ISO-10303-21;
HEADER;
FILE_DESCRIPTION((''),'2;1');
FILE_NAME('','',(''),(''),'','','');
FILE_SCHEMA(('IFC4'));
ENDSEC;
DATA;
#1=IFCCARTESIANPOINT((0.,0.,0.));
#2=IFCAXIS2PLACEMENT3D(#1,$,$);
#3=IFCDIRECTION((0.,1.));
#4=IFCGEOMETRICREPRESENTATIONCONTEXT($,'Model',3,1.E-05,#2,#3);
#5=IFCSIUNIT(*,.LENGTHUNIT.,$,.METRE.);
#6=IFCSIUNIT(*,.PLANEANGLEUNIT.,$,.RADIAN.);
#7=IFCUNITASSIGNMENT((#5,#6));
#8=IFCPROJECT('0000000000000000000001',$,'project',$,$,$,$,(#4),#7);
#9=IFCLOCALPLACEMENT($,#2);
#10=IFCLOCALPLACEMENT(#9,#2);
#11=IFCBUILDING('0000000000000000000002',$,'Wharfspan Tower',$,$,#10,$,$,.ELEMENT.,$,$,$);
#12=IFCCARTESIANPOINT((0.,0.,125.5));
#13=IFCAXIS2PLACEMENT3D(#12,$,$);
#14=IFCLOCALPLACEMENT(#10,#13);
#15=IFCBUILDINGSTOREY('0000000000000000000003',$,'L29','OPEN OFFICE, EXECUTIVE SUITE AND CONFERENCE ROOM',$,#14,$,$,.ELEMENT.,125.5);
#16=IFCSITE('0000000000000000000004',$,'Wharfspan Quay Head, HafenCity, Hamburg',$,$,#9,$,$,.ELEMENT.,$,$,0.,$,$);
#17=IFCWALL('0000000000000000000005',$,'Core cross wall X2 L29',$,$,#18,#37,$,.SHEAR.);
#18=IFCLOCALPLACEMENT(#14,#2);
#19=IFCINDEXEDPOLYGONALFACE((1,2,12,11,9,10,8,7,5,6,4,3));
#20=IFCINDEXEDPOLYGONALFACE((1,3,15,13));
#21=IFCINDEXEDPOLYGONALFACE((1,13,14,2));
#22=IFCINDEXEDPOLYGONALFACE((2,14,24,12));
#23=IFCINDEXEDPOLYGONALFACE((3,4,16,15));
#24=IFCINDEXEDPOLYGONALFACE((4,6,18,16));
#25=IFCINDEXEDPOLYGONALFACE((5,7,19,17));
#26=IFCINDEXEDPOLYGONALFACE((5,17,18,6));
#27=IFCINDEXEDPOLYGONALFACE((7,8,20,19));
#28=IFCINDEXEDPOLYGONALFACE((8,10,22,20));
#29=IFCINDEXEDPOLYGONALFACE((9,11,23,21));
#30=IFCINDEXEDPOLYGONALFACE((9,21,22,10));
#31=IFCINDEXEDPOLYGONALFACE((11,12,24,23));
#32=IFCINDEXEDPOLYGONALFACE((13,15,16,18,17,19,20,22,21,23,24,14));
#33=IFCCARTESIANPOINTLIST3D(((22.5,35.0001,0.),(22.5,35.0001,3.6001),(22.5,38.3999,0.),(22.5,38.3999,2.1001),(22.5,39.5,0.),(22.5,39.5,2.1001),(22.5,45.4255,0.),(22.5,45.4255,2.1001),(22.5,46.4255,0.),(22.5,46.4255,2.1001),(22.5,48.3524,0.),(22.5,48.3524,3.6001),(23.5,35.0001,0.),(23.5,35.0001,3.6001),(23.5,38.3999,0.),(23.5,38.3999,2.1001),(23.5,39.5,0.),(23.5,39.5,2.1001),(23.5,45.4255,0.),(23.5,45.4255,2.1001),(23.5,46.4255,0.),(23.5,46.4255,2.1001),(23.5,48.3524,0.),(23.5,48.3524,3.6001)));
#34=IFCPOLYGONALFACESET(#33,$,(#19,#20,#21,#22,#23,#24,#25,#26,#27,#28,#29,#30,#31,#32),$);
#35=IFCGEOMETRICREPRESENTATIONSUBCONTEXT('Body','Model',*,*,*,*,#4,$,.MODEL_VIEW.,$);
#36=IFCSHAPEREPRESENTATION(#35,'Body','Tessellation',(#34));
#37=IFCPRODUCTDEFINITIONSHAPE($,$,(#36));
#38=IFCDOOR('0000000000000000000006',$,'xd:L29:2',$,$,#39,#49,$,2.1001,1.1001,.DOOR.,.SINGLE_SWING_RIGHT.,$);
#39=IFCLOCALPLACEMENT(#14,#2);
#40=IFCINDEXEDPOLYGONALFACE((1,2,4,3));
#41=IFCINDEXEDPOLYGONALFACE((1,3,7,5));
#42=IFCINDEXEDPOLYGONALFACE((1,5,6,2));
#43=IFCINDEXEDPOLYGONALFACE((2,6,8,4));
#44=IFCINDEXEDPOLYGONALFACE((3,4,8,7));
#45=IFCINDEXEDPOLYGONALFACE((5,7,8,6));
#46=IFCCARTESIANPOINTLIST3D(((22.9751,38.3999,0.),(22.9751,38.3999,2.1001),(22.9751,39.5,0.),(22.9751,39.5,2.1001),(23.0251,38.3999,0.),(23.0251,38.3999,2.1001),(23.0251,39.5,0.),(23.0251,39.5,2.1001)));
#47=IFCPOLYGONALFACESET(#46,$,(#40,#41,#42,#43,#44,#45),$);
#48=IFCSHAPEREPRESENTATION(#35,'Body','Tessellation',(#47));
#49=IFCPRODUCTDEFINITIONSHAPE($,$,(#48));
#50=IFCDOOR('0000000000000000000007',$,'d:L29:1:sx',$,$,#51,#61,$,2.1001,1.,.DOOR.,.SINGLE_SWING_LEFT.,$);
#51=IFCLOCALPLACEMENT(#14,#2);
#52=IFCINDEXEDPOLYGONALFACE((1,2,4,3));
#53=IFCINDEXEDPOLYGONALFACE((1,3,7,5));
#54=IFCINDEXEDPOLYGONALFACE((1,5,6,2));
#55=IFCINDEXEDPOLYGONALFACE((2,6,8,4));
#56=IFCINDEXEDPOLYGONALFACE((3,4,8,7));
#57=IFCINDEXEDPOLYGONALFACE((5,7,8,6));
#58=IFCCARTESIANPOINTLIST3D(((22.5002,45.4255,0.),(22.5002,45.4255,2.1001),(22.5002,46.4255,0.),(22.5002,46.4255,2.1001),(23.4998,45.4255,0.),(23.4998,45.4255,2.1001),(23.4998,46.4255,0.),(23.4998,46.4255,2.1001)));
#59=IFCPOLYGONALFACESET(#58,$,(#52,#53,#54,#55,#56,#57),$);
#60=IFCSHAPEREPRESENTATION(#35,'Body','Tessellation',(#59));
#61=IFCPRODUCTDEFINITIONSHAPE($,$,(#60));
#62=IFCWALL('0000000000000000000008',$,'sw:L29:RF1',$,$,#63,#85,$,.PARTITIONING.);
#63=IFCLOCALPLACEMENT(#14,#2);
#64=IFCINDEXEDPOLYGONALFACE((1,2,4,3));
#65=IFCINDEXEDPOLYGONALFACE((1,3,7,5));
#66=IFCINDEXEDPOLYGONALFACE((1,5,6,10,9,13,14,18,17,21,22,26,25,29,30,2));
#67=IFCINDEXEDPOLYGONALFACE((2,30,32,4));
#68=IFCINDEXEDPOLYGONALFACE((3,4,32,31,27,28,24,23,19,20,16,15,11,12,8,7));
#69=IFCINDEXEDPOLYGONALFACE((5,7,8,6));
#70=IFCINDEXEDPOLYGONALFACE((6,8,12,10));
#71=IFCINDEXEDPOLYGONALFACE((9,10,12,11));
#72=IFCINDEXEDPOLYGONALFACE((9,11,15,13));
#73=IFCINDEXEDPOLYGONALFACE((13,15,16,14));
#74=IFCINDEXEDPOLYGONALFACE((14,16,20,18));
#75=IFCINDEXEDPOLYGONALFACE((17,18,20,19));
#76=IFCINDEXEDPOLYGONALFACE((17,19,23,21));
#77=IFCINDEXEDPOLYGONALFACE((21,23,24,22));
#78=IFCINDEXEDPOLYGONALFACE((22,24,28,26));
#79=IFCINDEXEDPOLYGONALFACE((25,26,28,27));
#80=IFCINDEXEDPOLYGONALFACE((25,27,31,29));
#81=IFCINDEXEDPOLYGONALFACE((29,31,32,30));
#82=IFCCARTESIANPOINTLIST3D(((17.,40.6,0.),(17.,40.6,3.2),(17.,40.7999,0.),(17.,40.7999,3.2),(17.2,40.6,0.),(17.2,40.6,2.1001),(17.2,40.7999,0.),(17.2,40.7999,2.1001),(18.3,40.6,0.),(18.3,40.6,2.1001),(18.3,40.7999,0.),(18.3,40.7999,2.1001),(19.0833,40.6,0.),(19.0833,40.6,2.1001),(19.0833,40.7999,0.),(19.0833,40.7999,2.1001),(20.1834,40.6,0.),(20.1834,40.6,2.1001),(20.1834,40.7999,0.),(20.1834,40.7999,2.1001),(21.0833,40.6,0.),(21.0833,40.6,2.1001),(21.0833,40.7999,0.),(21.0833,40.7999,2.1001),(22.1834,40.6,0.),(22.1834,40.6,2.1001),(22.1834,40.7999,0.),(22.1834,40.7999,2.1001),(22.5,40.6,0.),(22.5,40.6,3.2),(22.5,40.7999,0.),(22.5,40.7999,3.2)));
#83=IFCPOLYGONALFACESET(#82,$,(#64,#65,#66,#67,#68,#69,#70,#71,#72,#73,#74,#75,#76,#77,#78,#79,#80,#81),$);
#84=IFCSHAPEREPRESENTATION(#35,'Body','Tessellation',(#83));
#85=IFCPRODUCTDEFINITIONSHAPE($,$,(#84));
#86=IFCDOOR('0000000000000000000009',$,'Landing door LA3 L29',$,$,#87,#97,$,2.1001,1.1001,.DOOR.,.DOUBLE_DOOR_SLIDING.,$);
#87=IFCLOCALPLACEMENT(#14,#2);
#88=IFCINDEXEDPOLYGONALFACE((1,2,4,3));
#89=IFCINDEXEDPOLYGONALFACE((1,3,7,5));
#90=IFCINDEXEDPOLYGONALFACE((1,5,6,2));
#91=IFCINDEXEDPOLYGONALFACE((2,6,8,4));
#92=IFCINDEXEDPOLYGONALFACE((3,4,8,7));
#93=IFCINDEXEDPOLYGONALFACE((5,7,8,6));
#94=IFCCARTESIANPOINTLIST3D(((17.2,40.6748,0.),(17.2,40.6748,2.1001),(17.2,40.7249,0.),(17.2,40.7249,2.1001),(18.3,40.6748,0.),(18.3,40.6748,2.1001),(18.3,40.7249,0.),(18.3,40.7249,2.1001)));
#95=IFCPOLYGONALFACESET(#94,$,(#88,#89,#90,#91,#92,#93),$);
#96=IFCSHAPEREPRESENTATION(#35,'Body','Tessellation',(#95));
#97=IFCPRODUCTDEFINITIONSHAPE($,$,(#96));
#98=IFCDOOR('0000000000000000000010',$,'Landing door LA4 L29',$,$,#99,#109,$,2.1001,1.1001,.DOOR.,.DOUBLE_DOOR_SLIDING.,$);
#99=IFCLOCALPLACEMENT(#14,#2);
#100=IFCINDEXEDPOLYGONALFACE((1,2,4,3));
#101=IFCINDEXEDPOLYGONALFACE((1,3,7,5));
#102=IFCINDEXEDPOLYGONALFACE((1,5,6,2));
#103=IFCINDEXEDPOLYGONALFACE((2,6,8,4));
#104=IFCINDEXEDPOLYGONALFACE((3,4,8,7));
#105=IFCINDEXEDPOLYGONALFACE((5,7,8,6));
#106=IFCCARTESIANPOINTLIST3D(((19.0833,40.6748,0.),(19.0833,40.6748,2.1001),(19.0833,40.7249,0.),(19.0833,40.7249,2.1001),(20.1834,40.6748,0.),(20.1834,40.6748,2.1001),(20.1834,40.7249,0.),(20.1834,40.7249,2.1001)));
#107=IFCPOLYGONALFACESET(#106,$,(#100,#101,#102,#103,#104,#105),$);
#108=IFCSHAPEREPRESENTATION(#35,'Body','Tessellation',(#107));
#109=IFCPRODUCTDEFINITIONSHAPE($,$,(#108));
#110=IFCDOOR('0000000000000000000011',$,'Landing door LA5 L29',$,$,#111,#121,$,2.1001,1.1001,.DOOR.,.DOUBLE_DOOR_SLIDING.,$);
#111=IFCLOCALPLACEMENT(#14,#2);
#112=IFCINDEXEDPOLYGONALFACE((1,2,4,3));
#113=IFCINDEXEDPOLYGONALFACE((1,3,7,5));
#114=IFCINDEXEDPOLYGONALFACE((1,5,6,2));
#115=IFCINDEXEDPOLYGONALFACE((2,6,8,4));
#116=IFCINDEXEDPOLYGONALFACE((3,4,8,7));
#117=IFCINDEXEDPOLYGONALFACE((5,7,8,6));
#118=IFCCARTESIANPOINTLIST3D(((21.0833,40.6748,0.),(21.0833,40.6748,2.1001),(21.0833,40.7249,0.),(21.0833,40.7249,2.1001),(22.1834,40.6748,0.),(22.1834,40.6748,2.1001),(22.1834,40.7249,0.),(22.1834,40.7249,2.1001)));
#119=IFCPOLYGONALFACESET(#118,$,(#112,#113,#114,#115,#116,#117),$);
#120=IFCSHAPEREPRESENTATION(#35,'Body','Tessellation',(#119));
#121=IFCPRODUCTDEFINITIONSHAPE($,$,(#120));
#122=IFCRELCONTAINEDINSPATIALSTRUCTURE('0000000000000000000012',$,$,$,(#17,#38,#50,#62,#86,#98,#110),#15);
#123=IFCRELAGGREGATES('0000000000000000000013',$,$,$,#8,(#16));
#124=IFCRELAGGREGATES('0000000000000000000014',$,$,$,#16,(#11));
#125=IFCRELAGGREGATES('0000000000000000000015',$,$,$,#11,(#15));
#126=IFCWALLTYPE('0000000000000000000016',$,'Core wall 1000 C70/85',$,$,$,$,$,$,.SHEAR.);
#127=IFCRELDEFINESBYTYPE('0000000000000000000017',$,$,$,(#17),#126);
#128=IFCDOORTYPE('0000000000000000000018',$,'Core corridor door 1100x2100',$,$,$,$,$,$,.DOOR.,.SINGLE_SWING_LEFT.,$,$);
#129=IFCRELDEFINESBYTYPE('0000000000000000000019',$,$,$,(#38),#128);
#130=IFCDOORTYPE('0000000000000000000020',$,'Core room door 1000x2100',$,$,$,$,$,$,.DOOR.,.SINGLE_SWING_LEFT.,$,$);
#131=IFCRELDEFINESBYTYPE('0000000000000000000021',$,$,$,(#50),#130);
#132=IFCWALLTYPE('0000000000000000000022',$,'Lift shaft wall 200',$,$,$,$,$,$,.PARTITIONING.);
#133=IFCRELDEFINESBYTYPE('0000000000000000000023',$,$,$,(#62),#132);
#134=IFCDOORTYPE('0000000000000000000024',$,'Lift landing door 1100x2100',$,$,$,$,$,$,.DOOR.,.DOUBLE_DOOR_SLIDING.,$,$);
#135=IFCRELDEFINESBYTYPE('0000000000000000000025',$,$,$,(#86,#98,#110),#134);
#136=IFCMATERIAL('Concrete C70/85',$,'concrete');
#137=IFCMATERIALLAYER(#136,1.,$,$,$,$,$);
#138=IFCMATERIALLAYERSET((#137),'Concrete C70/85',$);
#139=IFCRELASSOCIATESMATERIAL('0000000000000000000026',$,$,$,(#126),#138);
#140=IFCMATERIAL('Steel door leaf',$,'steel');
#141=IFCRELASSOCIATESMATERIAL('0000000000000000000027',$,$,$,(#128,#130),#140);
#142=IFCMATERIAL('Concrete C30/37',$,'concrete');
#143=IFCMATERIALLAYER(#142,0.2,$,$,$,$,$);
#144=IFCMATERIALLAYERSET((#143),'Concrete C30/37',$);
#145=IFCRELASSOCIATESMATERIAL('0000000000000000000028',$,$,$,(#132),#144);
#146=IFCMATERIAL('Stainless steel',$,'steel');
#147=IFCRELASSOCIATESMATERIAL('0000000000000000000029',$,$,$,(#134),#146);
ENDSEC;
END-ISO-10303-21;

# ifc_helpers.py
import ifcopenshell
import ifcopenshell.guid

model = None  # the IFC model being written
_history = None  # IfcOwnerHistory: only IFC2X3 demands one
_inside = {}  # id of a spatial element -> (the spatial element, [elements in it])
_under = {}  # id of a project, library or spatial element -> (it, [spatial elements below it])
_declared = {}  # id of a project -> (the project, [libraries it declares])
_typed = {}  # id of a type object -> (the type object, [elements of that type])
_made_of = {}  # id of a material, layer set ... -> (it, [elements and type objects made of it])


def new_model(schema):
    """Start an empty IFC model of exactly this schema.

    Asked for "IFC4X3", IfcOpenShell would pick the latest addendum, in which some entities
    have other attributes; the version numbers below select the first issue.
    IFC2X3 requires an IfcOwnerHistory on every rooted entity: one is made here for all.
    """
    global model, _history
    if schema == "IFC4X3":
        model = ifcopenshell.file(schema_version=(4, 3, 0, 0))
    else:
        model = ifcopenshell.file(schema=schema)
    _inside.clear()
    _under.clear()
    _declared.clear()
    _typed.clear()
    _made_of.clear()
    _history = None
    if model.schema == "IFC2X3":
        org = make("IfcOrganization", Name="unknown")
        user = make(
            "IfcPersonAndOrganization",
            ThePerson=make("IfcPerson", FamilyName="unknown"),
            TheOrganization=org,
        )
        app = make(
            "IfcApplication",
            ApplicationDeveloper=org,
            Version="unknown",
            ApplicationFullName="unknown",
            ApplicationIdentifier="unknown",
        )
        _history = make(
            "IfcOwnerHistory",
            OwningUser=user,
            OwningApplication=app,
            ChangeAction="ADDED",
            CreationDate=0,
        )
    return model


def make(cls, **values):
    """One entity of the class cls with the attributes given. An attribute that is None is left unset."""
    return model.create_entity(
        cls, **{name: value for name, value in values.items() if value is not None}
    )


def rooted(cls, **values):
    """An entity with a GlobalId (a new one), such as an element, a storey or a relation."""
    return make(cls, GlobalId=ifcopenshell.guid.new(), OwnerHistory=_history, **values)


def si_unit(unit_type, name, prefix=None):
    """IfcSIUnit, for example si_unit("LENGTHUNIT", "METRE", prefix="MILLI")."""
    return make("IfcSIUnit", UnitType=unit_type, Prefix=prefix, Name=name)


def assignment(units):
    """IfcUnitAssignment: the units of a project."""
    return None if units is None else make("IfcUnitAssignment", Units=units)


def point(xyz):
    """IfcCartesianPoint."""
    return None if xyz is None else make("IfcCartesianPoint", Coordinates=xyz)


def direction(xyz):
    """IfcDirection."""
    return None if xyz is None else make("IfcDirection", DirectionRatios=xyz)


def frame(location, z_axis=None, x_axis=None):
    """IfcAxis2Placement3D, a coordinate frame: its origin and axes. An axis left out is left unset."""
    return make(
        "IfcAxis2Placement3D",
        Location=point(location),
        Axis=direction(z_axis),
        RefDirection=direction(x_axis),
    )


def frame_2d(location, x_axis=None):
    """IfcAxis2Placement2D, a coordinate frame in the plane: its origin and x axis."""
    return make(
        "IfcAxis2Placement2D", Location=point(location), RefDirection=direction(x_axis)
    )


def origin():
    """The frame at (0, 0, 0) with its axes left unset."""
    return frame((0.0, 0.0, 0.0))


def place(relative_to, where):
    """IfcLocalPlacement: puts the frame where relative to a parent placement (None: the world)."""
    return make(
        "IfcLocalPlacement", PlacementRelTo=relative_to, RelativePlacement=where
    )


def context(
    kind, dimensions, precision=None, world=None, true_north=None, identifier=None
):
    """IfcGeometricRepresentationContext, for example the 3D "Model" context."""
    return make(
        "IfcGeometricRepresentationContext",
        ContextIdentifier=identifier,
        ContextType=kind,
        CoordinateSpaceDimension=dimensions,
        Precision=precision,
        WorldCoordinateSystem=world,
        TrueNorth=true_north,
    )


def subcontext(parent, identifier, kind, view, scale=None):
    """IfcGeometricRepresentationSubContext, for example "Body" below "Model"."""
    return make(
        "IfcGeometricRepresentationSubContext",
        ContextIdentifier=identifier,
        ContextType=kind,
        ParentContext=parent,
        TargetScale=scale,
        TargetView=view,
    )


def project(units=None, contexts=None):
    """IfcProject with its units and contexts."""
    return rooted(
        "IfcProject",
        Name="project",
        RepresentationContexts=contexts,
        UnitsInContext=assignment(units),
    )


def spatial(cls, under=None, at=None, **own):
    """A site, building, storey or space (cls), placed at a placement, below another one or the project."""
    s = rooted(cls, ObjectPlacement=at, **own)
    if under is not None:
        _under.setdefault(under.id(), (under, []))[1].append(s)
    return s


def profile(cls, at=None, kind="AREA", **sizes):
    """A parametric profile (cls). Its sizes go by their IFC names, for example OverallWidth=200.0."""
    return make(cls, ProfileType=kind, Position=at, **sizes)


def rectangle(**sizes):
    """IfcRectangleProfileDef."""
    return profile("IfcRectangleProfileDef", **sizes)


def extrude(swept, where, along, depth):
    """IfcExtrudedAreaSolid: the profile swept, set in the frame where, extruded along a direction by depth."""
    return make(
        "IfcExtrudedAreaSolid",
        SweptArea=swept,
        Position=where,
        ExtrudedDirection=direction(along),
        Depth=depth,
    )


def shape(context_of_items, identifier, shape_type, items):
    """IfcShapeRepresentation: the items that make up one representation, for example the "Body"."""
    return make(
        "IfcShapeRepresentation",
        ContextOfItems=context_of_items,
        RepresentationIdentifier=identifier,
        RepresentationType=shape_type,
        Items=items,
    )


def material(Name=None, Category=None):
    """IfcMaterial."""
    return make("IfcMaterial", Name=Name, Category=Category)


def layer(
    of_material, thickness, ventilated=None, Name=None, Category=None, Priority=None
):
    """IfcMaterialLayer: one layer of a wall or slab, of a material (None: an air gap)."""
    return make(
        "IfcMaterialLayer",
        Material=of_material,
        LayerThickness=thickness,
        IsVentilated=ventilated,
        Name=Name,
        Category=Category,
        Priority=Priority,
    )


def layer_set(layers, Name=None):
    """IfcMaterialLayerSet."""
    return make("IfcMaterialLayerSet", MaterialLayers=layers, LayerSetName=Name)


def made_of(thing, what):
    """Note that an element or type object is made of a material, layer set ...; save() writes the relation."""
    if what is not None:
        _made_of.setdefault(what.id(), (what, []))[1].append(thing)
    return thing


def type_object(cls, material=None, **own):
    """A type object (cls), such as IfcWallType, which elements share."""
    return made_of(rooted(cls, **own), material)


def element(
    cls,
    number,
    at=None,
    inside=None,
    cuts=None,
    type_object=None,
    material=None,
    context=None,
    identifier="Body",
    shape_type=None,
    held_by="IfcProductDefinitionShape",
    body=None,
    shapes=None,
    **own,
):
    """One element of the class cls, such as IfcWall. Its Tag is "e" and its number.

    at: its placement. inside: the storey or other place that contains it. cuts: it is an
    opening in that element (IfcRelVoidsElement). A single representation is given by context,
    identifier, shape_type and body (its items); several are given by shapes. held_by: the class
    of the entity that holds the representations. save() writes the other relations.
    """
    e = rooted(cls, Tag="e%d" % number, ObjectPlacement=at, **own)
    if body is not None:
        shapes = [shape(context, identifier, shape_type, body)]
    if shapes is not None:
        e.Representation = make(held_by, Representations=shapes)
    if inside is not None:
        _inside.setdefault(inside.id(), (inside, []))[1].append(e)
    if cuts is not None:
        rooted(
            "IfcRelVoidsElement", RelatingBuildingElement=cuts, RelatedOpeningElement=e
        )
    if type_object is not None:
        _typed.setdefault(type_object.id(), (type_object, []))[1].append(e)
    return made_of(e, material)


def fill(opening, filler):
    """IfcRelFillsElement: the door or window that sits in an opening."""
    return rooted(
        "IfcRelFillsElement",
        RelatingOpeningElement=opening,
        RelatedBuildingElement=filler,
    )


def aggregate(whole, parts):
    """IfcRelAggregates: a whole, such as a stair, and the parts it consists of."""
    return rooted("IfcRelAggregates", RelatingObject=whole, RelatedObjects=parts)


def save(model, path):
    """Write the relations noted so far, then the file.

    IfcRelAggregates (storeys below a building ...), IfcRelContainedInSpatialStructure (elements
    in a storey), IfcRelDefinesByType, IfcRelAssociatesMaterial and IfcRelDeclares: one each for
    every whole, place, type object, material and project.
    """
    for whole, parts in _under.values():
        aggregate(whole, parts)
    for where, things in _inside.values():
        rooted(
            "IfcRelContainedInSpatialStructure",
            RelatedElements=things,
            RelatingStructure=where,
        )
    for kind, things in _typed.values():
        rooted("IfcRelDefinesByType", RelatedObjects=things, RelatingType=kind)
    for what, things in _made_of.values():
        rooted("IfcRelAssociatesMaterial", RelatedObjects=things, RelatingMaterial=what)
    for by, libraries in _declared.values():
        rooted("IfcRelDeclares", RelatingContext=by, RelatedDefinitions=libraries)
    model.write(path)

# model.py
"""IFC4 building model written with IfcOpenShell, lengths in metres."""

from ifc_helpers import new_model, si_unit, direction, frame, frame_2d, origin, place, context, subcontext, project, spatial, rectangle, extrude, material, layer, layer_set, type_object, element, fill, save


model = new_model("IFC4")

# Units and contexts
model_context = context("Model", 3, precision=1e-05, world=origin(), true_north=direction((0.0, 1.0)))
body_context = subcontext(model_context, "Body", "Model", "MODEL_VIEW")
ifc_project = project(units=[si_unit("LENGTHUNIT", "METRE"), si_unit("PLANEANGLEUNIT", "RADIAN")], contexts=[model_context])

# Site, building, storey
site_placement = place(None, origin())
site = spatial("IfcSite", under=ifc_project, at=site_placement, Name="Wharfspan Quay Head, HafenCity, Hamburg", CompositionType="ELEMENT", RefElevation=0.0)
building_placement = place(site_placement, origin())
building = spatial("IfcBuilding", under=site, at=building_placement, Name="Wharfspan Tower", CompositionType="ELEMENT")
storey_placement = place(building_placement, frame((0.0, 0.0, 125.5)))
storey = spatial("IfcBuildingStorey", under=building, at=storey_placement, Name="L29", Description="OPEN OFFICE, EXECUTIVE SUITE AND CONFERENCE ROOM", CompositionType="ELEMENT", Elevation=125.5)

# Walls, openings, doors
ifc_material_1 = material(Name="Concrete C70/85", Category="concrete")
ifc_layer_1 = layer(ifc_material_1, 1.0)
ifc_layer_set_1 = layer_set([ifc_layer_1], Name="Concrete C70/85")
wall_type_1 = type_object("IfcWallType", Name="Core wall 1000 C70/85", PredefinedType="SHEAR", material=ifc_layer_set_1)
wall_1_placement = place(storey_placement, frame((23.0, 35.0, 0.0), z_axis=(0.0, 0.0, 1.0), x_axis=(0.0, 1.0, 0.0)))
wall_1 = element("IfcWall", 1, at=wall_1_placement, inside=storey, type_object=wall_type_1, Name="Core cross wall X2 L29", PredefinedType="SHEAR", context=body_context, shape_type="SweptSolid", body=[
    extrude(rectangle(XDim=13.3523, YDim=1.0, at=frame_2d((6.6763, 0.0))), origin(), (0.0, 0.0, 1.0), 3.6001),
])
opening_1_placement = place(wall_1_placement, frame((10.4255, 0.0, 0.0)))
opening_1 = element("IfcOpeningElement", 2, at=opening_1_placement, cuts=wall_1, PredefinedType="OPENING", context=body_context, shape_type="SweptSolid", body=[
    extrude(rectangle(XDim=1.0, YDim=2.1001, at=frame_2d((0.5, 1.05))), frame((0.0, 0.51, 0.0), z_axis=(0.0, -1.0, 0.0), x_axis=(1.0, 0.0, 0.0)), (0.0, 0.0, 1.0), 1.02),
])
opening_2_placement = place(wall_1_placement, frame((3.3999, 0.0, 0.0)))
opening_2 = element("IfcOpeningElement", 3, at=opening_2_placement, cuts=wall_1, PredefinedType="OPENING", context=body_context, shape_type="SweptSolid", body=[
    extrude(rectangle(XDim=1.1001, YDim=2.1001, at=frame_2d((0.55, 1.05))), frame((0.0, 0.51, 0.0), z_axis=(0.0, -1.0, 0.0), x_axis=(1.0, 0.0, 0.0)), (0.0, 0.0, 1.0), 1.02),
])
ifc_material_2 = material(Name="Steel door leaf", Category="steel")
door_type_1 = type_object("IfcDoorType", Name="Core corridor door 1100x2100", OperationType="SINGLE_SWING_LEFT", PredefinedType="DOOR", material=ifc_material_2)
door_1_placement = place(opening_2_placement, origin())
door_1 = element("IfcDoor", 4, at=door_1_placement, inside=storey, type_object=door_type_1, Name="xd:L29:2", OperationType="SINGLE_SWING_RIGHT", OverallHeight=2.1001, OverallWidth=1.1001, PredefinedType="DOOR", context=body_context, shape_type="SweptSolid", body=[
    extrude(rectangle(XDim=1.1001, YDim=2.1001, at=frame_2d((0.55, 1.05))), frame((0.0, 0.0249, 0.0), z_axis=(0.0, -1.0, 0.0), x_axis=(1.0, 0.0, 0.0)), (0.0, 0.0, 1.0), 0.05),
])
fill(opening_2, door_1)
door_type_2 = type_object("IfcDoorType", Name="Core room door 1000x2100", OperationType="SINGLE_SWING_LEFT", PredefinedType="DOOR", material=ifc_material_2)
door_2_placement = place(opening_1_placement, origin())
door_2 = element("IfcDoor", 5, at=door_2_placement, inside=storey, type_object=door_type_2, Name="d:L29:1:sx", OperationType="SINGLE_SWING_LEFT", OverallHeight=2.1001, OverallWidth=1.0, PredefinedType="DOOR", context=body_context, shape_type="SweptSolid", body=[
    extrude(rectangle(XDim=1.0, YDim=2.1001, at=frame_2d((0.5, 1.05))), frame((0.0, 0.4998, 0.0), z_axis=(0.0, -1.0, 0.0), x_axis=(1.0, 0.0, 0.0)), (0.0, 0.0, 1.0), 0.9995),
])
fill(opening_1, door_2)
ifc_material_3 = material(Name="Concrete C30/37", Category="concrete")
ifc_layer_2 = layer(ifc_material_3, 0.2)
ifc_layer_set_2 = layer_set([ifc_layer_2], Name="Concrete C30/37")
wall_type_2 = type_object("IfcWallType", Name="Lift shaft wall 200", PredefinedType="PARTITIONING", material=ifc_layer_set_2)
wall_2_placement = place(storey_placement, frame((17.0, 40.7, 0.0), z_axis=(0.0, 0.0, 1.0), x_axis=(1.0, 0.0, 0.0)))
wall_2 = element("IfcWall", 6, at=wall_2_placement, inside=storey, type_object=wall_type_2, Name="sw:L29:RF1", PredefinedType="PARTITIONING", context=body_context, shape_type="SweptSolid", body=[
    extrude(rectangle(XDim=5.5, YDim=0.2, at=frame_2d((2.75, 0.0))), origin(), (0.0, 0.0, 1.0), 3.2),
])
opening_3_placement = place(wall_2_placement, frame((0.2, 0.0, 0.0)))
opening_3 = element("IfcOpeningElement", 7, at=opening_3_placement, cuts=wall_2, PredefinedType="OPENING", context=body_context, shape_type="SweptSolid", body=[
    extrude(rectangle(XDim=1.1001, YDim=2.1001, at=frame_2d((0.55, 1.05))), frame((0.0, 0.1099, 0.0), z_axis=(0.0, -1.0, 0.0), x_axis=(1.0, 0.0, 0.0)), (0.0, 0.0, 1.0), 0.22),
])
opening_4_placement = place(wall_2_placement, frame((2.0833, 0.0, 0.0)))
opening_4 = element("IfcOpeningElement", 8, at=opening_4_placement, cuts=wall_2, PredefinedType="OPENING", context=body_context, shape_type="SweptSolid", body=[
    extrude(rectangle(XDim=1.1001, YDim=2.1001, at=frame_2d((0.55, 1.05))), frame((0.0, 0.1099, 0.0), z_axis=(0.0, -1.0, 0.0), x_axis=(1.0, 0.0, 0.0)), (0.0, 0.0, 1.0), 0.22),
])
opening_5_placement = place(wall_2_placement, frame((4.0833, 0.0, 0.0)))
opening_5 = element("IfcOpeningElement", 9, at=opening_5_placement, cuts=wall_2, PredefinedType="OPENING", context=body_context, shape_type="SweptSolid", body=[
    extrude(rectangle(XDim=1.1001, YDim=2.1001, at=frame_2d((0.55, 1.05))), frame((0.0, 0.1099, 0.0), z_axis=(0.0, -1.0, 0.0), x_axis=(1.0, 0.0, 0.0)), (0.0, 0.0, 1.0), 0.22),
])
ifc_material_4 = material(Name="Stainless steel", Category="steel")
door_type_3 = type_object("IfcDoorType", Name="Lift landing door 1100x2100", OperationType="DOUBLE_DOOR_SLIDING", PredefinedType="DOOR", material=ifc_material_4)
door_3_placement = place(opening_3_placement, origin())
door_3 = element("IfcDoor", 10, at=door_3_placement, inside=storey, type_object=door_type_3, Name="Landing door LA3 L29", OperationType="DOUBLE_DOOR_SLIDING", OverallHeight=2.1001, OverallWidth=1.1001, PredefinedType="DOOR", context=body_context, shape_type="SweptSolid", body=[
    extrude(rectangle(XDim=1.1001, YDim=2.1001, at=frame_2d((0.55, 1.05))), frame((0.0, 0.0249, 0.0), z_axis=(0.0, -1.0, 0.0), x_axis=(1.0, 0.0, 0.0)), (0.0, 0.0, 1.0), 0.05),
])
fill(opening_3, door_3)
door_4_placement = place(opening_4_placement, origin())
door_4 = element("IfcDoor", 11, at=door_4_placement, inside=storey, type_object=door_type_3, Name="Landing door LA4 L29", OperationType="DOUBLE_DOOR_SLIDING", OverallHeight=2.1001, OverallWidth=1.1001, PredefinedType="DOOR", context=body_context, shape_type="SweptSolid", body=[
    extrude(rectangle(XDim=1.1001, YDim=2.1001, at=frame_2d((0.55, 1.05))), frame((0.0, 0.0249, 0.0), z_axis=(0.0, -1.0, 0.0), x_axis=(1.0, 0.0, 0.0)), (0.0, 0.0, 1.0), 0.05),
])
fill(opening_4, door_4)
door_5_placement = place(opening_5_placement, origin())
door_5 = element("IfcDoor", 12, at=door_5_placement, inside=storey, type_object=door_type_3, Name="Landing door LA5 L29", OperationType="DOUBLE_DOOR_SLIDING", OverallHeight=2.1001, OverallWidth=1.1001, PredefinedType="DOOR", context=body_context, shape_type="SweptSolid", body=[
    extrude(rectangle(XDim=1.1001, YDim=2.1001, at=frame_2d((0.55, 1.05))), frame((0.0, 0.0249, 0.0), z_axis=(0.0, -1.0, 0.0), x_axis=(1.0, 0.0, 0.0)), (0.0, 0.0, 1.0), 0.05),
])
fill(opening_5, door_5)

save(model, "model.ifc")
